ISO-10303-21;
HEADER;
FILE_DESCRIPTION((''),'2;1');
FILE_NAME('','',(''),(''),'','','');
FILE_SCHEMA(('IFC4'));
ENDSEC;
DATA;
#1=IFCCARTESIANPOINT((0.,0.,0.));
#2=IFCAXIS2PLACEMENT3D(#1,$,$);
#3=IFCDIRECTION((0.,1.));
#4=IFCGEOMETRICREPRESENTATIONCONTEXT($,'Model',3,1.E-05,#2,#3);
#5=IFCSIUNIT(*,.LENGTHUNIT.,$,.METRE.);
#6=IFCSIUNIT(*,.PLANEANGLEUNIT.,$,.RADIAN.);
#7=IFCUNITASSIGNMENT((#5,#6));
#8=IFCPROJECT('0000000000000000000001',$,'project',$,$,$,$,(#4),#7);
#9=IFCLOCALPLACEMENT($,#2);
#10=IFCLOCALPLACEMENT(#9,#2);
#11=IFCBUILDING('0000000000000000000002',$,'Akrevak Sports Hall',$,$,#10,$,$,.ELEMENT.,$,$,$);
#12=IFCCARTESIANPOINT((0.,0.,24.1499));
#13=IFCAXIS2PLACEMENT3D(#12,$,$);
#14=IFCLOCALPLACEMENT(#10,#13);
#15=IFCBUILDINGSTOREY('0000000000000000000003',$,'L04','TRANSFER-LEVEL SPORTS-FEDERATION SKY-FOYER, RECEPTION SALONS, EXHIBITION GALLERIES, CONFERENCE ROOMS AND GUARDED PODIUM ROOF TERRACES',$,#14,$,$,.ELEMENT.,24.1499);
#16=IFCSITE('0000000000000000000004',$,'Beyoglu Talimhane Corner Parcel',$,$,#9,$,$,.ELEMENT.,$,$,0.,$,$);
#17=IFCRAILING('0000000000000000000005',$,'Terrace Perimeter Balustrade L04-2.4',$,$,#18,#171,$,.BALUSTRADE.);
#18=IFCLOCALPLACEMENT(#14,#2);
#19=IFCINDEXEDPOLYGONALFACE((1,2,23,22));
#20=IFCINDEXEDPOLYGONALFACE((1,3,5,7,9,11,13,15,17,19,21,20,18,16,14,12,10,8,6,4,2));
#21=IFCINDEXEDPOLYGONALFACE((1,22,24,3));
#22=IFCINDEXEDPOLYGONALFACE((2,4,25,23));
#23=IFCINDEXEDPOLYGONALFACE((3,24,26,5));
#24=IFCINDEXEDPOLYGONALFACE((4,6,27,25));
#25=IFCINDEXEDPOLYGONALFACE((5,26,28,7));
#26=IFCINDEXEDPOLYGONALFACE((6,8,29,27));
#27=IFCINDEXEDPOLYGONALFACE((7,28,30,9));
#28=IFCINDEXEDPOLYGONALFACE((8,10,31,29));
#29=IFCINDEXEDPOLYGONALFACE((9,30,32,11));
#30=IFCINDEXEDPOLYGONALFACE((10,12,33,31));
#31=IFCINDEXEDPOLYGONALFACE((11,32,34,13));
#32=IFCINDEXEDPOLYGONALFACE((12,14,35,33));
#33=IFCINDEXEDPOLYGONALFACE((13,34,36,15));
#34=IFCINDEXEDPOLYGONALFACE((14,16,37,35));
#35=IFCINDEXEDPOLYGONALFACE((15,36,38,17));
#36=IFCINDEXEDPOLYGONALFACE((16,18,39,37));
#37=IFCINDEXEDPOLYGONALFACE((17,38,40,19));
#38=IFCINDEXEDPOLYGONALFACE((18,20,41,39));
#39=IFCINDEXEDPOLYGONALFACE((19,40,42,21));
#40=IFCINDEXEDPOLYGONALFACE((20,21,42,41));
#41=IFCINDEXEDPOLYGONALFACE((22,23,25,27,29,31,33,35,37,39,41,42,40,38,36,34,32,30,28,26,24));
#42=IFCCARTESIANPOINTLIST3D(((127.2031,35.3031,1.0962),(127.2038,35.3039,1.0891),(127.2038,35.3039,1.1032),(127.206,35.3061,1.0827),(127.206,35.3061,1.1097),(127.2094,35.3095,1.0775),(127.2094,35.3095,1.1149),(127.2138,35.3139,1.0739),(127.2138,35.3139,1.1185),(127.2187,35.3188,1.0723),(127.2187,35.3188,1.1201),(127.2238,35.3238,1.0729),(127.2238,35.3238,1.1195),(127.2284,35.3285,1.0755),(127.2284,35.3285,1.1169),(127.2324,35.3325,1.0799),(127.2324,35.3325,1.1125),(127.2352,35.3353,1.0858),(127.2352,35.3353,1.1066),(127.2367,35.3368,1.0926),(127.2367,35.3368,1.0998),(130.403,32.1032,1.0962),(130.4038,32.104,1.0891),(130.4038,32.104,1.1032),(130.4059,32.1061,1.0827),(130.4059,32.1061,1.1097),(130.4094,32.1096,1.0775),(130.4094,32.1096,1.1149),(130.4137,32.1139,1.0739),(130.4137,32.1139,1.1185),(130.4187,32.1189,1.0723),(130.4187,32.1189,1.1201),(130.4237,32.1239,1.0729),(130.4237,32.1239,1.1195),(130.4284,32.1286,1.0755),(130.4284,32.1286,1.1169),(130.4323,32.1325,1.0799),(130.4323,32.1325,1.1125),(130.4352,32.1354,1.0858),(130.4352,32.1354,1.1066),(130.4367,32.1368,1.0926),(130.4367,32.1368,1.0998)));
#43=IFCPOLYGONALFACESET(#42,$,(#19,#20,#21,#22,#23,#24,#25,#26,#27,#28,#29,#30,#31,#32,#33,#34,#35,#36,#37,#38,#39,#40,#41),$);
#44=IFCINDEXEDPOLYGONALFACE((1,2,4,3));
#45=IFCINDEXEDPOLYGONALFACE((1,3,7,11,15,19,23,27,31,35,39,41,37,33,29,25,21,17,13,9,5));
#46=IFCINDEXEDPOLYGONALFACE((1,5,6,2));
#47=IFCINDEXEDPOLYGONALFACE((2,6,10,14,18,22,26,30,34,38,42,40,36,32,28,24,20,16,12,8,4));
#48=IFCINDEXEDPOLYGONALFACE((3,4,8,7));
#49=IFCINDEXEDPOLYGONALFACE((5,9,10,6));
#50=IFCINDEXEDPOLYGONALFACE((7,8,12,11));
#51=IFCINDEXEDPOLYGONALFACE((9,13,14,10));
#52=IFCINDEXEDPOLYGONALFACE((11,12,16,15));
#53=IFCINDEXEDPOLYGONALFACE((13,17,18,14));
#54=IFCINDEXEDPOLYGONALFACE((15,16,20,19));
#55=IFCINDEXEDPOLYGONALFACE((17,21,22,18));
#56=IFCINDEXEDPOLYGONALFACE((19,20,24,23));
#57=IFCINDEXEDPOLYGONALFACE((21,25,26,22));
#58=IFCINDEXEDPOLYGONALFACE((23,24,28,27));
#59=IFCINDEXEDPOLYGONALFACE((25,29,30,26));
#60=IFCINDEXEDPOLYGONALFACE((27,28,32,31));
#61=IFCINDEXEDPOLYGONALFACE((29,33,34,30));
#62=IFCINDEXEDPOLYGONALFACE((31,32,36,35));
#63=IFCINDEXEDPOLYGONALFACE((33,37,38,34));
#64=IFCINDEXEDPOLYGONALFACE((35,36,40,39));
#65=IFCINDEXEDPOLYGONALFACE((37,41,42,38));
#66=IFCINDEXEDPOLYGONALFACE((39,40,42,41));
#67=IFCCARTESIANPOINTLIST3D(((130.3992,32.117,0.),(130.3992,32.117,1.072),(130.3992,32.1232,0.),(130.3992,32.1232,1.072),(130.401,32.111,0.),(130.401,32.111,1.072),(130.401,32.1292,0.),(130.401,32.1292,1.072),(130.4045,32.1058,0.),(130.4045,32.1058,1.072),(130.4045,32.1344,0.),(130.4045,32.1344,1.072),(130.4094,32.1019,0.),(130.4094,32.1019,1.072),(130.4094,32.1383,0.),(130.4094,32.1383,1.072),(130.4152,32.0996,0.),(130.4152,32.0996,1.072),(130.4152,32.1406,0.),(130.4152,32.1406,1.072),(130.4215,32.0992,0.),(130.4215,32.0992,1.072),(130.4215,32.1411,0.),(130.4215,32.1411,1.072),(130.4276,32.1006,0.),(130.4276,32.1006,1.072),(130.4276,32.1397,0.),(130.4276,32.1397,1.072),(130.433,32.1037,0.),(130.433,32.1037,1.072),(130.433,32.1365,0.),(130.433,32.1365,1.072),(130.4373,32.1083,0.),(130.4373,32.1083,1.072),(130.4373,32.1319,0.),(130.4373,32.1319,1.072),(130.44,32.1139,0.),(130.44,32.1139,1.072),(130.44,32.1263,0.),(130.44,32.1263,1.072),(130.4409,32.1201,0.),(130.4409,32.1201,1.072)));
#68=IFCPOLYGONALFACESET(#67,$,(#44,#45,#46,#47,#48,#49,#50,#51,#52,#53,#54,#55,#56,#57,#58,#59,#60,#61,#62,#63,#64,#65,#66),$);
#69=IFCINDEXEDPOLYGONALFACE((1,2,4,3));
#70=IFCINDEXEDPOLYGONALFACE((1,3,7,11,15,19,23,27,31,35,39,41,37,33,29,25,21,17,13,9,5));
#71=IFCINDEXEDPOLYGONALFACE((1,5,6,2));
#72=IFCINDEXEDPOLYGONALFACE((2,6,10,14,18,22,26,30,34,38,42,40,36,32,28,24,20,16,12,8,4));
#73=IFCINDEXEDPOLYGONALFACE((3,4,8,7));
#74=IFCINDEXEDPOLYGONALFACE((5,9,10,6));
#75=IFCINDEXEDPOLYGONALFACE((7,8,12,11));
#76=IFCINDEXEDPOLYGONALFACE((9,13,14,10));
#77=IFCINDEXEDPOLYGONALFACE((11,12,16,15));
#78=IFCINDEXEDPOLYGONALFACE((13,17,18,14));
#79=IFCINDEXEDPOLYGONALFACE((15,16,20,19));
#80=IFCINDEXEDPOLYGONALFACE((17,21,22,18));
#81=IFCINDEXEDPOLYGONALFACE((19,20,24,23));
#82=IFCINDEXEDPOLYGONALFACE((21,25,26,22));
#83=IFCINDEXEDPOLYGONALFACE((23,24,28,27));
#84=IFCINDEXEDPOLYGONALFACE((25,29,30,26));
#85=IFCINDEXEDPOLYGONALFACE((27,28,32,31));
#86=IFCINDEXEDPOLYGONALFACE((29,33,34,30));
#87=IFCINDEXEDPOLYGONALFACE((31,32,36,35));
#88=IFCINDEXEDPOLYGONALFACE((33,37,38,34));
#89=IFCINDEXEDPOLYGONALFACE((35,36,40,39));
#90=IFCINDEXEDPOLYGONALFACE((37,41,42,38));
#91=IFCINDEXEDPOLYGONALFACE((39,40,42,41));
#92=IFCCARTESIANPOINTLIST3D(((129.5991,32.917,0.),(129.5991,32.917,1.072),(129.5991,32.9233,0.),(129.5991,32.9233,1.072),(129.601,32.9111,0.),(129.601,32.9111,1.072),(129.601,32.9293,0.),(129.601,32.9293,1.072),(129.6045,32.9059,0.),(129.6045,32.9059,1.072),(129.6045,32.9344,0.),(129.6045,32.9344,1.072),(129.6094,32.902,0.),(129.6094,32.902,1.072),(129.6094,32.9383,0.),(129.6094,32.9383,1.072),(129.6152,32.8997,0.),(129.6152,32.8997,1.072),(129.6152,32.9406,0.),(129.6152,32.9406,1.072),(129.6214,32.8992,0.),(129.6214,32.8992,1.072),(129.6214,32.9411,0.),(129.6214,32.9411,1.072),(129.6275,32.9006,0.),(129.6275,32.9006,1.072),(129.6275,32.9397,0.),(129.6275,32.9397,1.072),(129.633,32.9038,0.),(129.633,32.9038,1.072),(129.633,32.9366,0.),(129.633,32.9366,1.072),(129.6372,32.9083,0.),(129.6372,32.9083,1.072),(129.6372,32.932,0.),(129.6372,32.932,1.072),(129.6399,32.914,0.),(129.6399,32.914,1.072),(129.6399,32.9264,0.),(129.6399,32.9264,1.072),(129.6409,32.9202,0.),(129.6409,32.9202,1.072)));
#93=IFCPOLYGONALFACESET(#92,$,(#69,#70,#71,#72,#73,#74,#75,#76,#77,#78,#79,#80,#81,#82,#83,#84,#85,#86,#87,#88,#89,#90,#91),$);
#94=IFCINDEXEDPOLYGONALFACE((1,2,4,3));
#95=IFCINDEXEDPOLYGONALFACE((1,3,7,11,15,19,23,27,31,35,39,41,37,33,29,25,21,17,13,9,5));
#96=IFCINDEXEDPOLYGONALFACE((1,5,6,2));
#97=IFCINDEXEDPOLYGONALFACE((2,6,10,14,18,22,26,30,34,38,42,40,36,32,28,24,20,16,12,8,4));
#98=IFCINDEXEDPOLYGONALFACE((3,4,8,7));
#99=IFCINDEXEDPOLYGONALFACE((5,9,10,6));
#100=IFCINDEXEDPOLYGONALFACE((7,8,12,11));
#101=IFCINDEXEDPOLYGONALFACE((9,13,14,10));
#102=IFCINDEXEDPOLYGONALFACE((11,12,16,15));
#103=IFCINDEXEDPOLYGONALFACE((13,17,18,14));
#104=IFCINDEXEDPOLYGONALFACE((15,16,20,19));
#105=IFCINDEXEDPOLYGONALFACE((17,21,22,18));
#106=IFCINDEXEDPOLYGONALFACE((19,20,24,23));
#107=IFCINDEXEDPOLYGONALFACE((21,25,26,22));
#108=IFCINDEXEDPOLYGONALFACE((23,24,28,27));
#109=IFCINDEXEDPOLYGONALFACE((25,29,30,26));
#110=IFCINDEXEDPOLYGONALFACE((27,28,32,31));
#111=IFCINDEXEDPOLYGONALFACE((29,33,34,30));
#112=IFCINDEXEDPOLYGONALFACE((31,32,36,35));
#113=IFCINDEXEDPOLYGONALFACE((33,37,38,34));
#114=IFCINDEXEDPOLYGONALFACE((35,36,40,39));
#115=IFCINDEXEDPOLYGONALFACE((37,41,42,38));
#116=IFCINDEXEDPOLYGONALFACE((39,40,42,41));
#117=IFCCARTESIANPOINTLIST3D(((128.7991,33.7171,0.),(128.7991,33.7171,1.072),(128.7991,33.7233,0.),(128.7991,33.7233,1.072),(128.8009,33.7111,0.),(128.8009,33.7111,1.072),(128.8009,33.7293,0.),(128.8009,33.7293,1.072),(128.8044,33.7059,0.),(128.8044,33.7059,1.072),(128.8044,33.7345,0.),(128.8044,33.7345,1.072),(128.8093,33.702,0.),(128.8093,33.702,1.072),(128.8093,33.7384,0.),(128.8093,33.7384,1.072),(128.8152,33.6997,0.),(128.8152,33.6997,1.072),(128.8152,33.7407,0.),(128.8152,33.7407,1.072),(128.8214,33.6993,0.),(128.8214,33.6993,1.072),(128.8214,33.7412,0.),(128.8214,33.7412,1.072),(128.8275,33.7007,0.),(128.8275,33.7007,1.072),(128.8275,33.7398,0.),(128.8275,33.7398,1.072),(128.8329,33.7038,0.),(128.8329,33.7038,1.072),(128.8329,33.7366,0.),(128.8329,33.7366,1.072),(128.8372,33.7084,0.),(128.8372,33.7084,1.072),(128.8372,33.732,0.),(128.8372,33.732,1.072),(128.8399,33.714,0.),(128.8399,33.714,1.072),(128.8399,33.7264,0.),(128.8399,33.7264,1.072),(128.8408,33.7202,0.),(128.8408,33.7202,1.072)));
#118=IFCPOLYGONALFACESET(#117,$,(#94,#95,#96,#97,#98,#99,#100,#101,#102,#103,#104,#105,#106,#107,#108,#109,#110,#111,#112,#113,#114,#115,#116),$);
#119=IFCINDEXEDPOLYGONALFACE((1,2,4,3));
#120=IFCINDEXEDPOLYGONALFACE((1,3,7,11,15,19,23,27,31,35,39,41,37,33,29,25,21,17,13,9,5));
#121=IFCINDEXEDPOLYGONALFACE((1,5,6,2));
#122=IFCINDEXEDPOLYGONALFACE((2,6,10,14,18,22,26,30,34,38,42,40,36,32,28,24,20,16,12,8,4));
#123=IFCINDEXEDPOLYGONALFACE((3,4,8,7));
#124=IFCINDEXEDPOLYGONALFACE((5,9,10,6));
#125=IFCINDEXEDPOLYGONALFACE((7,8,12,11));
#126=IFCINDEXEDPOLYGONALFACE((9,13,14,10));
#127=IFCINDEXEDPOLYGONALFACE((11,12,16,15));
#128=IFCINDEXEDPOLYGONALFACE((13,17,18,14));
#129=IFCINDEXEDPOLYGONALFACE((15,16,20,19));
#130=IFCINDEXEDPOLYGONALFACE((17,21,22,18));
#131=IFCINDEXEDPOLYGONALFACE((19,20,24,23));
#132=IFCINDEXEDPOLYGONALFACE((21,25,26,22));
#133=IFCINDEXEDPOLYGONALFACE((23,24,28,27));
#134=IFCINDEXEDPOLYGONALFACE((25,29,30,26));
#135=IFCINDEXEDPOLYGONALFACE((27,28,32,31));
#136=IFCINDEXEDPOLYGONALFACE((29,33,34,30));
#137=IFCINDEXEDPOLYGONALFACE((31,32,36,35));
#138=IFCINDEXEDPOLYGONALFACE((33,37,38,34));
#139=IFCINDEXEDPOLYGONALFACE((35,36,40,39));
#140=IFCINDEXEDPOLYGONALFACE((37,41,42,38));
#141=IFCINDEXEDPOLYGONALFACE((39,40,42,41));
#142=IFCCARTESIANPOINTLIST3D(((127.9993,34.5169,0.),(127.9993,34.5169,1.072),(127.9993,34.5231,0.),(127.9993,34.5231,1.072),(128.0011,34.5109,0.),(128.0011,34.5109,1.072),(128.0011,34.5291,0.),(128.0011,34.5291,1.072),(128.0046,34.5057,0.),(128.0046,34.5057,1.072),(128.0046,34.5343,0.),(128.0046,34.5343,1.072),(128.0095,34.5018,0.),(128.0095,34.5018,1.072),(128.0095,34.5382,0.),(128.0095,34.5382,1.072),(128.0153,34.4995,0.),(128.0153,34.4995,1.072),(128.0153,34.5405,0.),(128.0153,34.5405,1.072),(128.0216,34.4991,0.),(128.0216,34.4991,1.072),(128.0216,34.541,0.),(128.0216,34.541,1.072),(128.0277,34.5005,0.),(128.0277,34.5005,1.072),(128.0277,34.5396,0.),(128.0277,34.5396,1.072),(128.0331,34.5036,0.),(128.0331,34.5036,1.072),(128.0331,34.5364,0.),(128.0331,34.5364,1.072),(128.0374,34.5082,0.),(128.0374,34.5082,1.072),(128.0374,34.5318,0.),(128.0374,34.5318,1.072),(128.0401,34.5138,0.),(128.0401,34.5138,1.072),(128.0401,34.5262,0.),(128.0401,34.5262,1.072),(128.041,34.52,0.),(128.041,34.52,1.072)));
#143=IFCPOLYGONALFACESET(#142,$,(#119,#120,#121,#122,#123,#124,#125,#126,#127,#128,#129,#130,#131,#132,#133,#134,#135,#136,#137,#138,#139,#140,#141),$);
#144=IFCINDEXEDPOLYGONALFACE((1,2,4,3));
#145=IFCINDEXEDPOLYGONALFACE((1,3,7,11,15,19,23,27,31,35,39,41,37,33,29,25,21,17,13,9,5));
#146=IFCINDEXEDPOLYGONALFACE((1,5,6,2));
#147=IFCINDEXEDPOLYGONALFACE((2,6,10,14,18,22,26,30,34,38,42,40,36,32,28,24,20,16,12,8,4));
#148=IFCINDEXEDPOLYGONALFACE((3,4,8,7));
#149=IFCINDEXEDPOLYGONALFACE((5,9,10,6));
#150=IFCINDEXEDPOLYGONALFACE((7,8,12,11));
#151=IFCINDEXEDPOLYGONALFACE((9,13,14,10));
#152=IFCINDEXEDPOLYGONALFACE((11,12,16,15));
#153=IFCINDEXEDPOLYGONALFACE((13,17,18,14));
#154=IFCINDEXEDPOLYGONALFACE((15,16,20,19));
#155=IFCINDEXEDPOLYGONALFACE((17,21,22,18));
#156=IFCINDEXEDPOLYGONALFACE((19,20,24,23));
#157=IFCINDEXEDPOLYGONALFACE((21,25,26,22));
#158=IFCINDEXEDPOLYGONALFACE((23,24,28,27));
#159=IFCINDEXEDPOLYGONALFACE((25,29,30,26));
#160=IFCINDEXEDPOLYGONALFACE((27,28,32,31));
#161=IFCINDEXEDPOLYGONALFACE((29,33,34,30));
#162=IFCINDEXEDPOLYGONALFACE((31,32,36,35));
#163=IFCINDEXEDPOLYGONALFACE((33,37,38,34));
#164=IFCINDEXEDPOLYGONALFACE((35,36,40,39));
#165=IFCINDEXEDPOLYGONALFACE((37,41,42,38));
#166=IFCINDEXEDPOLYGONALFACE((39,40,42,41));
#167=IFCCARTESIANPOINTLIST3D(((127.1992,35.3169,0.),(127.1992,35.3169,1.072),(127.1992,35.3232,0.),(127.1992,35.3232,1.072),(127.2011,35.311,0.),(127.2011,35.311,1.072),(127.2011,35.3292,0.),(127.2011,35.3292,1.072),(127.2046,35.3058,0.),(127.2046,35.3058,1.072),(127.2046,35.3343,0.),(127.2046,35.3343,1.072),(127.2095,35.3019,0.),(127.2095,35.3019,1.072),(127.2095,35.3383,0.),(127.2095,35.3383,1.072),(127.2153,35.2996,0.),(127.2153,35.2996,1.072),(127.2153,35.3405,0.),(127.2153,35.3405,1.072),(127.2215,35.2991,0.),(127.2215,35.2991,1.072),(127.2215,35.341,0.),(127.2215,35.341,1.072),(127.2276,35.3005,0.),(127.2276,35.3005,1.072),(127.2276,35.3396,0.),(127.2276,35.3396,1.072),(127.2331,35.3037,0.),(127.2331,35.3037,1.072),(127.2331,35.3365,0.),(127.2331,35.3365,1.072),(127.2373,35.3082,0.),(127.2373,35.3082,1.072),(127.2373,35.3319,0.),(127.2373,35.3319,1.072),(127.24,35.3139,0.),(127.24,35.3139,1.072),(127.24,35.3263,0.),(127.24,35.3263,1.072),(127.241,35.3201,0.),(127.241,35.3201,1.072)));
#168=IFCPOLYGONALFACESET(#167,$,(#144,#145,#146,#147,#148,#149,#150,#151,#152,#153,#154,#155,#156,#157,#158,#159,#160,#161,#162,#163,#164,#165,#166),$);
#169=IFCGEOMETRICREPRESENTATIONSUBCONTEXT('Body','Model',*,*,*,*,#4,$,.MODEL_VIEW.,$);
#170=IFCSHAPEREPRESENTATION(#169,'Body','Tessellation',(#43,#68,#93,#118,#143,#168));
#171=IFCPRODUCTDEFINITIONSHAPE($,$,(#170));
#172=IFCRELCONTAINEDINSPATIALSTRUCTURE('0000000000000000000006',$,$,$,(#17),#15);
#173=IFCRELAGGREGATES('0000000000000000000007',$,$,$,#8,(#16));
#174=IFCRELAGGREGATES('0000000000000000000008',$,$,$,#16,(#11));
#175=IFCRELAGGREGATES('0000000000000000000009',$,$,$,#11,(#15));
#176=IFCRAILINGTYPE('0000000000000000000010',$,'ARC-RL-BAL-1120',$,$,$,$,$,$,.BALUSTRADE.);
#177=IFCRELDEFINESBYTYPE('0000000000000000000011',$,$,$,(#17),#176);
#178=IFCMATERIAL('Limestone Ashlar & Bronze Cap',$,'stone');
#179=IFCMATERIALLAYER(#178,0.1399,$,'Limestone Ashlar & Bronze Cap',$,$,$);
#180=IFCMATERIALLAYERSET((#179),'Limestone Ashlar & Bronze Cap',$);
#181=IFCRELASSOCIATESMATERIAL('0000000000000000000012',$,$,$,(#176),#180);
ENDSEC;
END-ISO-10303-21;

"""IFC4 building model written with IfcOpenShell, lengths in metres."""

from ifc_helpers import new_model, si_unit, direction, frame, origin, origin_2d, place, context, subcontext, project, spatial, circle, extrude, material, layer, layer_set, type_object, element, save


model = new_model("IFC4")

# Units and contexts
model_context = context("Model", 3, precision=1e-05, world=origin(), true_north=direction((0.0, 1.0)))
body_context = subcontext(model_context, "Body", "Model", "MODEL_VIEW")
ifc_project = project(units=[si_unit("LENGTHUNIT", "METRE"), si_unit("PLANEANGLEUNIT", "RADIAN")], contexts=[model_context])

# Site, building, storey
site_placement = place(None, origin())
site = spatial("IfcSite", under=ifc_project, at=site_placement, Name="Beyoglu Talimhane Corner Parcel", CompositionType="ELEMENT", RefElevation=0.0)
building_placement = place(site_placement, origin())
building = spatial("IfcBuilding", under=site, at=building_placement, Name="Akrevak Sports Hall", CompositionType="ELEMENT")
storey_placement = place(building_placement, frame((0.0, 0.0, 24.1499)))
storey = spatial("IfcBuildingStorey", under=building, at=storey_placement, Name="L04", Description="TRANSFER-LEVEL SPORTS-FEDERATION SKY-FOYER, RECEPTION SALONS, EXHIBITION GALLERIES, CONFERENCE ROOMS AND GUARDED PODIUM ROOF TERRACES", CompositionType="ELEMENT", Elevation=24.1499)

# Railing
ifc_material_1 = material(Name="Limestone Ashlar & Bronze Cap", Category="stone")
ifc_layer_1 = layer(ifc_material_1, 0.1399, Name="Limestone Ashlar & Bronze Cap")
ifc_layer_set_1 = layer_set([ifc_layer_1], Name="Limestone Ashlar & Bronze Cap")
railing_type = type_object("IfcRailingType", Name="ARC-RL-BAL-1120", PredefinedType="BALUSTRADE", material=ifc_layer_set_1)
railing_1_placement = place(storey_placement, frame((130.4199, 32.1201, 0.0)))
element("IfcRailing", 1, at=railing_1_placement, inside=storey, type_object=railing_type, Name="Terrace Perimeter Balustrade L04-2.4", PredefinedType="BALUSTRADE", context=body_context, shape_type="SweptSolid", body=[
    extrude(circle(Radius=0.0239, at=origin_2d()), frame((0.0, 0.0, 1.0962), z_axis=(-0.707107, 0.707107, 0.0), x_axis=(-0.707107, -0.707107, 0.0)), (0.0, 0.0, 1.0), 4.5254),
    extrude(circle(Radius=0.021, at=origin_2d()), origin(), (0.0, 0.0, 1.0), 1.072),
    extrude(circle(Radius=0.021, at=origin_2d()), frame((-0.8, 0.8, 0.0)), (0.0, 0.0, 1.0), 1.072),
    extrude(circle(Radius=0.021, at=origin_2d()), frame((-1.6001, 1.6001, 0.0)), (0.0, 0.0, 1.0), 1.072),
    extrude(circle(Radius=0.021, at=origin_2d()), frame((-2.3999, 2.3999, 0.0)), (0.0, 0.0, 1.0), 1.072),
    extrude(circle(Radius=0.021, at=origin_2d()), frame((-3.2, 3.2, 0.0)), (0.0, 0.0, 1.0), 1.072),
])

save(model, "model.ifc")
